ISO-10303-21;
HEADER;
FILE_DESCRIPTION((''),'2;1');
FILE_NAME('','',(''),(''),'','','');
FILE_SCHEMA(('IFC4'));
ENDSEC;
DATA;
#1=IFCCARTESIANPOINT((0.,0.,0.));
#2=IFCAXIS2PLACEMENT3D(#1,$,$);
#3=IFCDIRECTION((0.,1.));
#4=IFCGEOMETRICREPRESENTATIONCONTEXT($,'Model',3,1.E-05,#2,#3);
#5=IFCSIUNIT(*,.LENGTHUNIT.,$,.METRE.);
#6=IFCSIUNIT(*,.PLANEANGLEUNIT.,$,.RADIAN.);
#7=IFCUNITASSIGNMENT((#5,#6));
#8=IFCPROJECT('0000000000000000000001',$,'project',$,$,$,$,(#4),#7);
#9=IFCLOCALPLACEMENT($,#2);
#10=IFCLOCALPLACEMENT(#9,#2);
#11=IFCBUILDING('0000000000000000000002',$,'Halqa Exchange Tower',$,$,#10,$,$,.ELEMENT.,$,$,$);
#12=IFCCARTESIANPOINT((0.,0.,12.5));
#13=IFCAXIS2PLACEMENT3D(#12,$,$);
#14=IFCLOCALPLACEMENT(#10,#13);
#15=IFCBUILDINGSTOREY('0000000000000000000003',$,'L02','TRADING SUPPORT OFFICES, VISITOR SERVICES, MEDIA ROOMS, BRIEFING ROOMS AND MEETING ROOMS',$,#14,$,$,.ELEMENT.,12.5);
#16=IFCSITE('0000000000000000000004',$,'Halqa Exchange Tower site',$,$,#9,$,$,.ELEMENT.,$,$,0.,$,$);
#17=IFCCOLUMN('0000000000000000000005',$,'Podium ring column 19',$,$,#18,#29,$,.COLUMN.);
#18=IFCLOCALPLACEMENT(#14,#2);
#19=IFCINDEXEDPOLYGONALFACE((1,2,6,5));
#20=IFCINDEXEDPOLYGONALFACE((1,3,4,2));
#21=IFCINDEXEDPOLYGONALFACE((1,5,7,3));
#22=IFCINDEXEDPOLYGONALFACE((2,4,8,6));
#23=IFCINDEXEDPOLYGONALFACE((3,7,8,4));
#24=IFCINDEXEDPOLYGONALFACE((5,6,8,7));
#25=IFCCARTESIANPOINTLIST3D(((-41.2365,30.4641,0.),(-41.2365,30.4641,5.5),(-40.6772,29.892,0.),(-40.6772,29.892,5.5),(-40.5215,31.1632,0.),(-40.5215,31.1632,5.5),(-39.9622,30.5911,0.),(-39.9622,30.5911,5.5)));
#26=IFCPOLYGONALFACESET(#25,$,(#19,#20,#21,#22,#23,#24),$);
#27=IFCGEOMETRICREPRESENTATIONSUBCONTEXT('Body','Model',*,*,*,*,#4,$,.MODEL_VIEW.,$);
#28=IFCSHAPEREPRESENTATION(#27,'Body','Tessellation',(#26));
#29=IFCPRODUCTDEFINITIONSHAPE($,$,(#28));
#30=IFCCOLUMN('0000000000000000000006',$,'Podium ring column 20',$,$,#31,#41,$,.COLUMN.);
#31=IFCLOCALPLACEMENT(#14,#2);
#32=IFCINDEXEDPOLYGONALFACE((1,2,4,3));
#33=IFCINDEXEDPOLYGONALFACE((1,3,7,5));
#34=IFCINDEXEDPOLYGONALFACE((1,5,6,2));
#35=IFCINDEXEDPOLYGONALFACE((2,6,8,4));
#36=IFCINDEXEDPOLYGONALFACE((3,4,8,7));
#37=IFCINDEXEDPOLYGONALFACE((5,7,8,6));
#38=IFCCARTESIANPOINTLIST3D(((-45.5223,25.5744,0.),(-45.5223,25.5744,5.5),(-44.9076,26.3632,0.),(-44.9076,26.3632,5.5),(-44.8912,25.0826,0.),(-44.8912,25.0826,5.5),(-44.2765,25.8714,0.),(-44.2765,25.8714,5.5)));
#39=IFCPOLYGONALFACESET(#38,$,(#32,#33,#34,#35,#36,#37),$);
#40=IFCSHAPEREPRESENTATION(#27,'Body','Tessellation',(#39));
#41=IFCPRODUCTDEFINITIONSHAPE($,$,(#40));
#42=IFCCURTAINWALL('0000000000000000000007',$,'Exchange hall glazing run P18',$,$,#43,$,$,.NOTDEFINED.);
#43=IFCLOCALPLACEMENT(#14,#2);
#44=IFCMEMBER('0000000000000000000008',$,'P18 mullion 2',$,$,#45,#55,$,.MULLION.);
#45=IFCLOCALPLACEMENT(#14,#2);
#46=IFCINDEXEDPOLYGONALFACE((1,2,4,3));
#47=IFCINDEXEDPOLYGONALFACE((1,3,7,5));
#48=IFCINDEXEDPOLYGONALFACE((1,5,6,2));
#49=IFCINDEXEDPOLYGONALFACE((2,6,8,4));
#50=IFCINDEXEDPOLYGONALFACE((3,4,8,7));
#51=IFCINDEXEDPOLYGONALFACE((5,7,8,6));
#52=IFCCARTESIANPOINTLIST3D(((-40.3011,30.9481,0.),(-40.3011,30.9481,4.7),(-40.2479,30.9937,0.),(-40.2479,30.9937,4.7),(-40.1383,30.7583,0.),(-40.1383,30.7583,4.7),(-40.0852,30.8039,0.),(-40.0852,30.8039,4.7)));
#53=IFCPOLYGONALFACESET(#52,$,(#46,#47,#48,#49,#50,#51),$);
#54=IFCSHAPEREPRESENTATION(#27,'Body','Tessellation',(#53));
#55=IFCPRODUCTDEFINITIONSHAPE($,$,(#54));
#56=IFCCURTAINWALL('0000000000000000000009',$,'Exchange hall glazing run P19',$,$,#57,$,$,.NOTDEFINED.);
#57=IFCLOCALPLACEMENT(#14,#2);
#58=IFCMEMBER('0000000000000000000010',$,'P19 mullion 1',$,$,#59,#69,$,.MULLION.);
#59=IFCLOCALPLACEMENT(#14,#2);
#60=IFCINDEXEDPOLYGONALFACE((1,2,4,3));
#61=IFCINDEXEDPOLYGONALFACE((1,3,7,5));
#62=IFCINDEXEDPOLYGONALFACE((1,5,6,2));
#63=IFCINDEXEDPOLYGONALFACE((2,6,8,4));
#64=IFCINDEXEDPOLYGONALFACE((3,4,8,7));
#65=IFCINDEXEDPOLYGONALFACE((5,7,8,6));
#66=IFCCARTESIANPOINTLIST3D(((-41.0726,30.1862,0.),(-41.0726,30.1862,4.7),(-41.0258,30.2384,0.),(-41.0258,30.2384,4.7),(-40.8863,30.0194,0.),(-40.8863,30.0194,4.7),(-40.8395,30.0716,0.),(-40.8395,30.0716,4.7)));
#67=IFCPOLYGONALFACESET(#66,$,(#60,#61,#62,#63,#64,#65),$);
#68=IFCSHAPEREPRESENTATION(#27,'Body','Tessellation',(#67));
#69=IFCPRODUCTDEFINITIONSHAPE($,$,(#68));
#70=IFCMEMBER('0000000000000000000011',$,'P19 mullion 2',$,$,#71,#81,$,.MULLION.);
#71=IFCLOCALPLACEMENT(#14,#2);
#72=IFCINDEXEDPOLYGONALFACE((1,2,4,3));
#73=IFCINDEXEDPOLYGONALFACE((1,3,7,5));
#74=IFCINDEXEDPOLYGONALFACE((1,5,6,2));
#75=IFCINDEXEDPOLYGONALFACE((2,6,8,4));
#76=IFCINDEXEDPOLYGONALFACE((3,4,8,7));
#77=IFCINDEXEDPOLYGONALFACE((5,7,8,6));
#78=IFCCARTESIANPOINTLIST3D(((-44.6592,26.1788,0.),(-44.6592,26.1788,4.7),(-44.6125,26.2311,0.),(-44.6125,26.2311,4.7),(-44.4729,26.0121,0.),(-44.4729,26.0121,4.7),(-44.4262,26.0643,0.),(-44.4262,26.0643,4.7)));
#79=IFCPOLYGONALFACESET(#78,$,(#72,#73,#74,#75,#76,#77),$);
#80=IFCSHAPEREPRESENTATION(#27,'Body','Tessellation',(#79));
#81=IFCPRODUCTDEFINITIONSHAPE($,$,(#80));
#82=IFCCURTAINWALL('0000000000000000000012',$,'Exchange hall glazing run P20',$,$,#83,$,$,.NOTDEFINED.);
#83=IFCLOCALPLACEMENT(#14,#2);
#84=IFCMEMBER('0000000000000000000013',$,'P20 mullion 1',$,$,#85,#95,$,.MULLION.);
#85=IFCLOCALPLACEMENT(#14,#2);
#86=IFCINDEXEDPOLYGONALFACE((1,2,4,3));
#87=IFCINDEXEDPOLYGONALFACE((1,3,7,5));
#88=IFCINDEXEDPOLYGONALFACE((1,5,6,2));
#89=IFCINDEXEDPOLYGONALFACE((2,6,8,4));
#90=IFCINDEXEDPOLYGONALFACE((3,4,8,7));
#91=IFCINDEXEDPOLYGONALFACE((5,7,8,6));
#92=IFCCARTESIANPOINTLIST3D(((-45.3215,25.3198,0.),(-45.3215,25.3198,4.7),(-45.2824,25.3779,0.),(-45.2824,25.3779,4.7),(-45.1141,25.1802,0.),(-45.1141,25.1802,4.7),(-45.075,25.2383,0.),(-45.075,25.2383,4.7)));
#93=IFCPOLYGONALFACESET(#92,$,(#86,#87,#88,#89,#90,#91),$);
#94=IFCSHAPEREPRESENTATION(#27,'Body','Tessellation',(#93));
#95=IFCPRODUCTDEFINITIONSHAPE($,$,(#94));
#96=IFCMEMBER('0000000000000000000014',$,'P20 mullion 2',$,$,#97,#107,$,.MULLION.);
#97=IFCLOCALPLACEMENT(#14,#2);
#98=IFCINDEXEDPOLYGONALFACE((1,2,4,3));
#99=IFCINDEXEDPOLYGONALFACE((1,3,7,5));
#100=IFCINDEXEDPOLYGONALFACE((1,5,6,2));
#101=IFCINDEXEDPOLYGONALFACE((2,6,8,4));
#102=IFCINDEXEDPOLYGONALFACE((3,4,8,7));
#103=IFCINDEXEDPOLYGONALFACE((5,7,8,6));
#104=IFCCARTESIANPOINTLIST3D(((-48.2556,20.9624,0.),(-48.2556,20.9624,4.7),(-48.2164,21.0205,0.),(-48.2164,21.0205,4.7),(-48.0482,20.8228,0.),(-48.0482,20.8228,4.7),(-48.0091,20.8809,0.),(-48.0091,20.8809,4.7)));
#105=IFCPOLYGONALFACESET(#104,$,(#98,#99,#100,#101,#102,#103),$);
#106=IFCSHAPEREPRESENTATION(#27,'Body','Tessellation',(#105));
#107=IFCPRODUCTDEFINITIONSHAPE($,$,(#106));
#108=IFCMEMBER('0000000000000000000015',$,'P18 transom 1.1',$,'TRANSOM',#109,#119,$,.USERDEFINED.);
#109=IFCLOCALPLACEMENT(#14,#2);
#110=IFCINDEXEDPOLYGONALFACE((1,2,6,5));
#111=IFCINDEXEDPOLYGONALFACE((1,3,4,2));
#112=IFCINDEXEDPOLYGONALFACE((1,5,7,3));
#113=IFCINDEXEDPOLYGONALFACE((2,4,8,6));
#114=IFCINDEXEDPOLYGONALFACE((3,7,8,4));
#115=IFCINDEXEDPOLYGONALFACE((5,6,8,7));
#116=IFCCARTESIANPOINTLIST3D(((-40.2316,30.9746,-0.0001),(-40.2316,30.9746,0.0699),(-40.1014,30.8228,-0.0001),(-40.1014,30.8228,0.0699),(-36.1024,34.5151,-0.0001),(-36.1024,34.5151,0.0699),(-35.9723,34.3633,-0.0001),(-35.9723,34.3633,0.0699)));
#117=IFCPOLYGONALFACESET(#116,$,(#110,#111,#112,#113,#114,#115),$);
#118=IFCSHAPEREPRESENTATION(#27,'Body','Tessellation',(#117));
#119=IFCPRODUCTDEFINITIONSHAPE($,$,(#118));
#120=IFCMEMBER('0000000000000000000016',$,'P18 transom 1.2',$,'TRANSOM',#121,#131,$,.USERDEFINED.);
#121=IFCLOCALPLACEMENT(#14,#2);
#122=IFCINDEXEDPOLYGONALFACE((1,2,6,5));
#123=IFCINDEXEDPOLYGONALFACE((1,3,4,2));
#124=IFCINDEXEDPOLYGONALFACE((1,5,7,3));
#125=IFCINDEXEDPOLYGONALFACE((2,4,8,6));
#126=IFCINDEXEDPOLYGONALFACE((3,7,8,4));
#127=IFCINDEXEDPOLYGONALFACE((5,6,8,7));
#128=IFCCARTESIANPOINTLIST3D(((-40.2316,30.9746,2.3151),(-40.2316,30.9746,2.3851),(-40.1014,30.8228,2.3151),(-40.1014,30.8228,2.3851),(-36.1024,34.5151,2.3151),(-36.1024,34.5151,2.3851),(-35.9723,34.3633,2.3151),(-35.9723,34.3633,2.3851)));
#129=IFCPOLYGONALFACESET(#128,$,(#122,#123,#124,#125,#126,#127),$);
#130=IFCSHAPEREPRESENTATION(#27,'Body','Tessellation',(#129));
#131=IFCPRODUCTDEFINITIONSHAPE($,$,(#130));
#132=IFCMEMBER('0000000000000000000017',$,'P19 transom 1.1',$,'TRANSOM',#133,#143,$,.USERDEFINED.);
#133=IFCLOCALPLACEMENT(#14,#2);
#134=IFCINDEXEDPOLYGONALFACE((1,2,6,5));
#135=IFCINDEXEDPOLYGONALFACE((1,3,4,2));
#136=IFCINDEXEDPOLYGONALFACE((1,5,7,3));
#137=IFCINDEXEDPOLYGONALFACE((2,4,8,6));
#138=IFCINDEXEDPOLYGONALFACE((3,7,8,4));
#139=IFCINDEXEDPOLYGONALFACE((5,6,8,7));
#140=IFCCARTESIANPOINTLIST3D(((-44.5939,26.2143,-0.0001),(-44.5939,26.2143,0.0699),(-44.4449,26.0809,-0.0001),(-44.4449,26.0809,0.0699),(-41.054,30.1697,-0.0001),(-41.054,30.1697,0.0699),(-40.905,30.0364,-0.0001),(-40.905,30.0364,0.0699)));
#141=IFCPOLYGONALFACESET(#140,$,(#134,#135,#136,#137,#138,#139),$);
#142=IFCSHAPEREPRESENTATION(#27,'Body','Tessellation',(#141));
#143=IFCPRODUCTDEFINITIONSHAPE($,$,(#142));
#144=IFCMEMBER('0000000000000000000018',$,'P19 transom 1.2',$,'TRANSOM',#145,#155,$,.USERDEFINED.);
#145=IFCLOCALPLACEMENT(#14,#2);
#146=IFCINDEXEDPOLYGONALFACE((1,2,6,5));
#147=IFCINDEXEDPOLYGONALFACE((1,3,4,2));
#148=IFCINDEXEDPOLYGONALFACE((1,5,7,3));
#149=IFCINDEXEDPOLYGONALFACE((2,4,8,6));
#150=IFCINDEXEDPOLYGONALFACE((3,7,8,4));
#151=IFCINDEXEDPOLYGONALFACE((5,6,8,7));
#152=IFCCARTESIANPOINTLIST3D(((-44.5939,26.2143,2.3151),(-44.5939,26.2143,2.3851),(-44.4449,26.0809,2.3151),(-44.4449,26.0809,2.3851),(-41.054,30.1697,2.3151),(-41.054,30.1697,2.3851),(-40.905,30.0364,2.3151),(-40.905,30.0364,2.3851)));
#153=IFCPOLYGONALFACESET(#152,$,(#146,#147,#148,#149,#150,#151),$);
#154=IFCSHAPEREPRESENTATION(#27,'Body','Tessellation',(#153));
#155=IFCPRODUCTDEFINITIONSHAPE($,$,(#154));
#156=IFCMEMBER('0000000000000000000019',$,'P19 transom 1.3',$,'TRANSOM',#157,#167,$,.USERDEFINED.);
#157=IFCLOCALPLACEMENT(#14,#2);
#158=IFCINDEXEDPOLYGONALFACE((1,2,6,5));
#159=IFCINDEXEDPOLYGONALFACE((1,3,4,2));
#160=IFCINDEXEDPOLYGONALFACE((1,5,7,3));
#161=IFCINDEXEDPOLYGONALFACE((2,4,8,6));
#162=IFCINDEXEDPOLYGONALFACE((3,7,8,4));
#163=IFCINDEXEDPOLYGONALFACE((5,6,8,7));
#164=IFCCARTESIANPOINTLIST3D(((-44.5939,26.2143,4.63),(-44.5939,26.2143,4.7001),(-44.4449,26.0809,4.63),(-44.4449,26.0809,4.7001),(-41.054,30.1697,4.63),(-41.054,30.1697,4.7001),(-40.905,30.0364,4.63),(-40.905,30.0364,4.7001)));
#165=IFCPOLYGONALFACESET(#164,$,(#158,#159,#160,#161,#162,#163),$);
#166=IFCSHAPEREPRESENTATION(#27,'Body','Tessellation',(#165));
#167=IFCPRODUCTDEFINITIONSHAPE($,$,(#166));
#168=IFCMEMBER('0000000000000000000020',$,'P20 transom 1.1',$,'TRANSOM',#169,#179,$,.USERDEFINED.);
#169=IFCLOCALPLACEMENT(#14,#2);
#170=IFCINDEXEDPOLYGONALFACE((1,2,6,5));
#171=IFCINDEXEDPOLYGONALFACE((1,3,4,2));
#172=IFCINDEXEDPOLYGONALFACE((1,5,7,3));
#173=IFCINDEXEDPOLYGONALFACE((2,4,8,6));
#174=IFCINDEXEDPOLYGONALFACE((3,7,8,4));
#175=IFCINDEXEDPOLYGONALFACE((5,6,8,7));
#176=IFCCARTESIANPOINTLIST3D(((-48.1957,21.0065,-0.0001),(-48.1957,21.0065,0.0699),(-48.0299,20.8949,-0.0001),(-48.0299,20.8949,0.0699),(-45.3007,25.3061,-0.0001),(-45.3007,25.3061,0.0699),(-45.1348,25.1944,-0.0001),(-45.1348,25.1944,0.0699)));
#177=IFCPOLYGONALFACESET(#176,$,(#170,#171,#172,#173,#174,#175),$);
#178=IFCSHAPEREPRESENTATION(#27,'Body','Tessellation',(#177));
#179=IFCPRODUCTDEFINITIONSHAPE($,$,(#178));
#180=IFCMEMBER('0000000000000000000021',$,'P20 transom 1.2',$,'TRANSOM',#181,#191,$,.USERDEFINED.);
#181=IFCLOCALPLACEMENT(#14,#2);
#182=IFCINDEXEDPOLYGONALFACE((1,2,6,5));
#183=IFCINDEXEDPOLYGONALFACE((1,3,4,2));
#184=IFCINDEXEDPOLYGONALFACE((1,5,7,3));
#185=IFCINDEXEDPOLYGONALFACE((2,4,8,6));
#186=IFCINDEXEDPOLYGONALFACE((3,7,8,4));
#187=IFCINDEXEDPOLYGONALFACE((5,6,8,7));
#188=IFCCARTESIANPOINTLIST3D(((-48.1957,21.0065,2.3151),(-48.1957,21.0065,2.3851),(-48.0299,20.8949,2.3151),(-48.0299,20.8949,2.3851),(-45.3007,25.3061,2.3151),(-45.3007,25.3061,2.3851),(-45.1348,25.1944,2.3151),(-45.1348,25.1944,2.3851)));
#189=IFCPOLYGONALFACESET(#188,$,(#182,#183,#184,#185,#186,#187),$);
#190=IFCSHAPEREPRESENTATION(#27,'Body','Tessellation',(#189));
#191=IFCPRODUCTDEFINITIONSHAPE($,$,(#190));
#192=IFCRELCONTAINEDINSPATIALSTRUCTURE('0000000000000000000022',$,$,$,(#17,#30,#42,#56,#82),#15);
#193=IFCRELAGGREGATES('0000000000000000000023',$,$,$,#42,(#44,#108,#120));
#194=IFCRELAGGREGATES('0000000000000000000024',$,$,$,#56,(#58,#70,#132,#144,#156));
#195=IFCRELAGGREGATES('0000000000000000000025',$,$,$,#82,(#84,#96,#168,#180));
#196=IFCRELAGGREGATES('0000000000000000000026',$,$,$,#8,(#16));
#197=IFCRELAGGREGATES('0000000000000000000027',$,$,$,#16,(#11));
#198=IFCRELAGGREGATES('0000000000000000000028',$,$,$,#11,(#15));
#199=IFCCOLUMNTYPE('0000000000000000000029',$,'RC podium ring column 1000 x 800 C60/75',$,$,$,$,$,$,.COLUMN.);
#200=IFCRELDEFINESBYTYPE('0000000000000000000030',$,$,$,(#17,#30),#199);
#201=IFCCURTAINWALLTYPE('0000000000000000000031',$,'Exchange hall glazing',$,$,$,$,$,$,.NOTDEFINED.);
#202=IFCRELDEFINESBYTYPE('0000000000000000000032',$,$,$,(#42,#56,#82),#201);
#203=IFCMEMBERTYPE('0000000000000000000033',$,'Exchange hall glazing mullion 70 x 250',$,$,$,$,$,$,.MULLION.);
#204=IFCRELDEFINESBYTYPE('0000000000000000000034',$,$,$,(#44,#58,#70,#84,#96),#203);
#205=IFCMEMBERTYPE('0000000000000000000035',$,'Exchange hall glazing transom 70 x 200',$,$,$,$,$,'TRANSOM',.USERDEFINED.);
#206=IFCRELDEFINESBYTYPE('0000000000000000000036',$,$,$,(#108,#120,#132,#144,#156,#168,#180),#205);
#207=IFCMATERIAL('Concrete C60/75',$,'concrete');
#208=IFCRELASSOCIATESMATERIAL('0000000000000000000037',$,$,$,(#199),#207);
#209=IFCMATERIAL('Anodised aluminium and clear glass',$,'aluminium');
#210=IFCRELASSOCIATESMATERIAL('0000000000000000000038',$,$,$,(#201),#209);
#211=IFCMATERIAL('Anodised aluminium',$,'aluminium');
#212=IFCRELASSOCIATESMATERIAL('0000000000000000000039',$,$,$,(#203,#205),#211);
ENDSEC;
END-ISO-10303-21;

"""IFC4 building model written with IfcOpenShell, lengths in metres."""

from ifc_helpers import new_model, si_unit, direction, frame, origin, origin_2d, place, context, subcontext, project, spatial, rectangle, extrude, material, material_profile, profile_set, type_object, element, aggregate, save


model = new_model("IFC4")

# Units and contexts
model_context = context("Model", 3, precision=1e-05, world=origin(), true_north=direction((0.0, 1.0)))
body_context = subcontext(model_context, "Body", "Model", "MODEL_VIEW")
ifc_project = project(units=[si_unit("LENGTHUNIT", "METRE"), si_unit("PLANEANGLEUNIT", "RADIAN")], contexts=[model_context])

# Site, building, storey
site_placement = place(None, origin())
site = spatial("IfcSite", under=ifc_project, at=site_placement, Name="Halqa Exchange Tower site", CompositionType="ELEMENT", RefElevation=0.0)
building_placement = place(site_placement, origin())
building = spatial("IfcBuilding", under=site, at=building_placement, Name="Halqa Exchange Tower", CompositionType="ELEMENT")
storey_placement = place(building_placement, frame((0.0, 0.0, 12.5)))
storey = spatial("IfcBuildingStorey", under=building, at=storey_placement, Name="L02", Description="TRADING SUPPORT OFFICES, VISITOR SERVICES, MEDIA ROOMS, BRIEFING ROOMS AND MEETING ROOMS", CompositionType="ELEMENT", Elevation=12.5)

# Columns
ifc_material_1 = material(Name="Concrete C60/75", Category="concrete")
ifc_material_profile_1 = material_profile(ifc_material_1, rectangle(XDim=1.0, YDim=0.8, at=origin_2d()), Name="1000 x 800")
ifc_profile_set_1 = profile_set([ifc_material_profile_1], Name="Concrete C60/75")
column_type = type_object("IfcColumnType", Name="RC podium ring column 1000 x 800 C60/75", PredefinedType="COLUMN", material=ifc_profile_set_1)
for number, where, z_axis, x_axis, name in (
    (1, (-40.5994, 30.5276, 0.0), (0.0, 0.0, 1.0), (-0.715039, -0.699085, 0.0), "Podium ring column 19"),
    (2, (-44.8994, 25.7229, 0.0), (0.0, 0.0, 1.0), (-0.614691, -0.788768, 0.0), "Podium ring column 20"),
):
    element("IfcColumn", number, at=place(storey_placement, frame(where, z_axis=z_axis, x_axis=x_axis)), inside=storey, type_object=column_type, Name=name, PredefinedType="COLUMN", context=body_context, shape_type="SweptSolid", body=[
        extrude(rectangle(XDim=1.0, YDim=0.8, at=origin_2d()), origin(), (0.0, 0.0, 1.0), 5.5),
    ])

# Curtain wall, member
ifc_material_2 = material(Name="Anodised aluminium and clear glass", Category="aluminium")
curtain_wall_type = type_object("IfcCurtainWallType", Name="Exchange hall glazing", PredefinedType="NOTDEFINED", material=ifc_material_2)
curtain_wall_1_placement = place(storey_placement, origin())
curtain_wall_1 = element("IfcCurtainWall", 3, at=curtain_wall_1_placement, inside=storey, type_object=curtain_wall_type, Name="Exchange hall glazing run P18", PredefinedType="NOTDEFINED")
ifc_material_3 = material(Name="Anodised aluminium", Category="aluminium")
ifc_material_profile_2 = material_profile(ifc_material_3, rectangle(XDim=0.25, YDim=0.0701, at=origin_2d()), Name="AL 70x250")
ifc_profile_set_2 = profile_set([ifc_material_profile_2], Name="Anodised aluminium")
member_type_1 = type_object("IfcMemberType", Name="Exchange hall glazing mullion 70 x 250", PredefinedType="MULLION", material=ifc_profile_set_2)
member_1_placement = place(storey_placement, frame((-40.1931, 30.876, 0.0), z_axis=(0.0, 0.0, 1.0), x_axis=(0.650911, -0.759154, 0.0)))
member_1 = element("IfcMember", 4, at=member_1_placement, type_object=member_type_1, Name="P18 mullion 2", PredefinedType="MULLION", context=body_context, shape_type="SweptSolid", body=[
    extrude(rectangle(XDim=0.25, YDim=0.0701, at=origin_2d()), origin(), (0.0, 0.0, 1.0), 4.7),
])

# Curtain walls, members
curtain_wall_2_placement = place(storey_placement, origin())
curtain_wall_2 = element("IfcCurtainWall", 5, at=curtain_wall_2_placement, inside=storey, type_object=curtain_wall_type, Name="Exchange hall glazing run P19", PredefinedType="NOTDEFINED")
member_2_placement = place(storey_placement, frame((-40.9561, 30.1289, 0.0), z_axis=(0.0, 0.0, 1.0), x_axis=(0.745148, -0.666899, 0.0)))
member_2 = element("IfcMember", 6, at=member_2_placement, type_object=member_type_1, Name="P19 mullion 1", PredefinedType="MULLION", context=body_context, shape_type="SweptSolid", body=[
    extrude(rectangle(XDim=0.25, YDim=0.0701, at=origin_2d()), origin(), (0.0, 0.0, 1.0), 4.7),
])
member_3_placement = place(storey_placement, frame((-44.5427, 26.1216, 0.0), z_axis=(0.0, 0.0, 1.0), x_axis=(0.745148, -0.666899, 0.0)))
member_3 = element("IfcMember", 7, at=member_3_placement, type_object=member_type_1, Name="P19 mullion 2", PredefinedType="MULLION", context=body_context, shape_type="SweptSolid", body=[
    extrude(rectangle(XDim=0.25, YDim=0.0701, at=origin_2d()), origin(), (0.0, 0.0, 1.0), 4.7),
])
curtain_wall_3_placement = place(storey_placement, origin())
curtain_wall_3 = element("IfcCurtainWall", 8, at=curtain_wall_3_placement, inside=storey, type_object=curtain_wall_type, Name="Exchange hall glazing run P20", PredefinedType="NOTDEFINED")
member_4_placement = place(storey_placement, frame((-45.1982, 25.2791, 0.0), z_axis=(0.0, 0.0, 1.0), x_axis=(0.82949, -0.558522, 0.0)))
member_4 = element("IfcMember", 9, at=member_4_placement, type_object=member_type_1, Name="P20 mullion 1", PredefinedType="MULLION", context=body_context, shape_type="SweptSolid", body=[
    extrude(rectangle(XDim=0.25, YDim=0.0701, at=origin_2d()), origin(), (0.0, 0.0, 1.0), 4.7),
])
member_5_placement = place(storey_placement, frame((-48.1323, 20.9216, 0.0), z_axis=(0.0, 0.0, 1.0), x_axis=(0.82949, -0.558522, 0.0)))
member_5 = element("IfcMember", 10, at=member_5_placement, type_object=member_type_1, Name="P20 mullion 2", PredefinedType="MULLION", context=body_context, shape_type="SweptSolid", body=[
    extrude(rectangle(XDim=0.25, YDim=0.0701, at=origin_2d()), origin(), (0.0, 0.0, 1.0), 4.7),
])

# Members
ifc_material_profile_3 = material_profile(ifc_material_3, rectangle(XDim=0.2, YDim=0.0701, at=origin_2d()), Name="AL 70x200")
ifc_profile_set_3 = profile_set([ifc_material_profile_3], Name="Anodised aluminium")
member_type_2 = type_object("IfcMemberType", Name="Exchange hall glazing transom 70 x 200", ElementType="TRANSOM", PredefinedType="USERDEFINED", material=ifc_profile_set_3)
member_6_placement = place(storey_placement, frame((-36.0374, 34.4392, 0.0349), z_axis=(-0.759143, -0.650924, 0.0), x_axis=(0.650924, -0.759143, 0.0)))
member_6 = element("IfcMember", 11, at=member_6_placement, type_object=member_type_2, Name="P18 transom 1.1", ObjectType="TRANSOM", PredefinedType="USERDEFINED", context=body_context, shape_type="SweptSolid", body=[
    extrude(rectangle(XDim=0.2, YDim=0.0701, at=origin_2d()), origin(), (0.0, 0.0, 1.0), 5.4392),
])
member_7_placement = place(storey_placement, frame((-36.0374, 34.4392, 2.3501), z_axis=(-0.759143, -0.650924, 0.0), x_axis=(0.650924, -0.759143, 0.0)))
member_7 = element("IfcMember", 12, at=member_7_placement, type_object=member_type_2, Name="P18 transom 1.2", ObjectType="TRANSOM", PredefinedType="USERDEFINED", context=body_context, shape_type="SweptSolid", body=[
    extrude(rectangle(XDim=0.2, YDim=0.0701, at=origin_2d()), origin(), (0.0, 0.0, 1.0), 5.4392),
])
member_8_placement = place(storey_placement, frame((-40.9795, 30.103, 0.0349), z_axis=(-0.666881, -0.745164, 0.0), x_axis=(0.745164, -0.666881, 0.0)))
member_8 = element("IfcMember", 13, at=member_8_placement, type_object=member_type_2, Name="P19 transom 1.1", ObjectType="TRANSOM", PredefinedType="USERDEFINED", context=body_context, shape_type="SweptSolid", body=[
    extrude(rectangle(XDim=0.2, YDim=0.0701, at=origin_2d()), origin(), (0.0, 0.0, 1.0), 5.3081),
])
member_9_placement = place(storey_placement, frame((-40.9795, 30.103, 2.3501), z_axis=(-0.666881, -0.745164, 0.0), x_axis=(0.745164, -0.666881, 0.0)))
member_9 = element("IfcMember", 14, at=member_9_placement, type_object=member_type_2, Name="P19 transom 1.2", ObjectType="TRANSOM", PredefinedType="USERDEFINED", context=body_context, shape_type="SweptSolid", body=[
    extrude(rectangle(XDim=0.2, YDim=0.0701, at=origin_2d()), origin(), (0.0, 0.0, 1.0), 5.3081),
])
member_10_placement = place(storey_placement, frame((-40.9795, 30.103, 4.665), z_axis=(-0.666881, -0.745164, 0.0), x_axis=(0.745164, -0.666881, 0.0)))
member_10 = element("IfcMember", 15, at=member_10_placement, type_object=member_type_2, Name="P19 transom 1.3", ObjectType="TRANSOM", PredefinedType="USERDEFINED", context=body_context, shape_type="SweptSolid", body=[
    extrude(rectangle(XDim=0.2, YDim=0.0701, at=origin_2d()), origin(), (0.0, 0.0, 1.0), 5.3081),
])
member_11_placement = place(storey_placement, frame((-45.2178, 25.2502, 0.0349), z_axis=(-0.55852, -0.829491, 0.0), x_axis=(0.829491, -0.55852, 0.0)))
member_11 = element("IfcMember", 16, at=member_11_placement, type_object=member_type_2, Name="P20 transom 1.1", ObjectType="TRANSOM", PredefinedType="USERDEFINED", context=body_context, shape_type="SweptSolid", body=[
    extrude(rectangle(XDim=0.2, YDim=0.0701, at=origin_2d()), origin(), (0.0, 0.0, 1.0), 5.1833),
])
member_12_placement = place(storey_placement, frame((-45.2178, 25.2502, 2.3501), z_axis=(-0.55852, -0.829491, 0.0), x_axis=(0.829491, -0.55852, 0.0)))
member_12 = element("IfcMember", 17, at=member_12_placement, type_object=member_type_2, Name="P20 transom 1.2", ObjectType="TRANSOM", PredefinedType="USERDEFINED", context=body_context, shape_type="SweptSolid", body=[
    extrude(rectangle(XDim=0.2, YDim=0.0701, at=origin_2d()), origin(), (0.0, 0.0, 1.0), 5.1833),
])

aggregate(curtain_wall_1, [member_1, member_6, member_7])
aggregate(curtain_wall_2, [member_2, member_3, member_8, member_9, member_10])
aggregate(curtain_wall_3, [member_4, member_5, member_11, member_12])

save(model, "model.ifc")
